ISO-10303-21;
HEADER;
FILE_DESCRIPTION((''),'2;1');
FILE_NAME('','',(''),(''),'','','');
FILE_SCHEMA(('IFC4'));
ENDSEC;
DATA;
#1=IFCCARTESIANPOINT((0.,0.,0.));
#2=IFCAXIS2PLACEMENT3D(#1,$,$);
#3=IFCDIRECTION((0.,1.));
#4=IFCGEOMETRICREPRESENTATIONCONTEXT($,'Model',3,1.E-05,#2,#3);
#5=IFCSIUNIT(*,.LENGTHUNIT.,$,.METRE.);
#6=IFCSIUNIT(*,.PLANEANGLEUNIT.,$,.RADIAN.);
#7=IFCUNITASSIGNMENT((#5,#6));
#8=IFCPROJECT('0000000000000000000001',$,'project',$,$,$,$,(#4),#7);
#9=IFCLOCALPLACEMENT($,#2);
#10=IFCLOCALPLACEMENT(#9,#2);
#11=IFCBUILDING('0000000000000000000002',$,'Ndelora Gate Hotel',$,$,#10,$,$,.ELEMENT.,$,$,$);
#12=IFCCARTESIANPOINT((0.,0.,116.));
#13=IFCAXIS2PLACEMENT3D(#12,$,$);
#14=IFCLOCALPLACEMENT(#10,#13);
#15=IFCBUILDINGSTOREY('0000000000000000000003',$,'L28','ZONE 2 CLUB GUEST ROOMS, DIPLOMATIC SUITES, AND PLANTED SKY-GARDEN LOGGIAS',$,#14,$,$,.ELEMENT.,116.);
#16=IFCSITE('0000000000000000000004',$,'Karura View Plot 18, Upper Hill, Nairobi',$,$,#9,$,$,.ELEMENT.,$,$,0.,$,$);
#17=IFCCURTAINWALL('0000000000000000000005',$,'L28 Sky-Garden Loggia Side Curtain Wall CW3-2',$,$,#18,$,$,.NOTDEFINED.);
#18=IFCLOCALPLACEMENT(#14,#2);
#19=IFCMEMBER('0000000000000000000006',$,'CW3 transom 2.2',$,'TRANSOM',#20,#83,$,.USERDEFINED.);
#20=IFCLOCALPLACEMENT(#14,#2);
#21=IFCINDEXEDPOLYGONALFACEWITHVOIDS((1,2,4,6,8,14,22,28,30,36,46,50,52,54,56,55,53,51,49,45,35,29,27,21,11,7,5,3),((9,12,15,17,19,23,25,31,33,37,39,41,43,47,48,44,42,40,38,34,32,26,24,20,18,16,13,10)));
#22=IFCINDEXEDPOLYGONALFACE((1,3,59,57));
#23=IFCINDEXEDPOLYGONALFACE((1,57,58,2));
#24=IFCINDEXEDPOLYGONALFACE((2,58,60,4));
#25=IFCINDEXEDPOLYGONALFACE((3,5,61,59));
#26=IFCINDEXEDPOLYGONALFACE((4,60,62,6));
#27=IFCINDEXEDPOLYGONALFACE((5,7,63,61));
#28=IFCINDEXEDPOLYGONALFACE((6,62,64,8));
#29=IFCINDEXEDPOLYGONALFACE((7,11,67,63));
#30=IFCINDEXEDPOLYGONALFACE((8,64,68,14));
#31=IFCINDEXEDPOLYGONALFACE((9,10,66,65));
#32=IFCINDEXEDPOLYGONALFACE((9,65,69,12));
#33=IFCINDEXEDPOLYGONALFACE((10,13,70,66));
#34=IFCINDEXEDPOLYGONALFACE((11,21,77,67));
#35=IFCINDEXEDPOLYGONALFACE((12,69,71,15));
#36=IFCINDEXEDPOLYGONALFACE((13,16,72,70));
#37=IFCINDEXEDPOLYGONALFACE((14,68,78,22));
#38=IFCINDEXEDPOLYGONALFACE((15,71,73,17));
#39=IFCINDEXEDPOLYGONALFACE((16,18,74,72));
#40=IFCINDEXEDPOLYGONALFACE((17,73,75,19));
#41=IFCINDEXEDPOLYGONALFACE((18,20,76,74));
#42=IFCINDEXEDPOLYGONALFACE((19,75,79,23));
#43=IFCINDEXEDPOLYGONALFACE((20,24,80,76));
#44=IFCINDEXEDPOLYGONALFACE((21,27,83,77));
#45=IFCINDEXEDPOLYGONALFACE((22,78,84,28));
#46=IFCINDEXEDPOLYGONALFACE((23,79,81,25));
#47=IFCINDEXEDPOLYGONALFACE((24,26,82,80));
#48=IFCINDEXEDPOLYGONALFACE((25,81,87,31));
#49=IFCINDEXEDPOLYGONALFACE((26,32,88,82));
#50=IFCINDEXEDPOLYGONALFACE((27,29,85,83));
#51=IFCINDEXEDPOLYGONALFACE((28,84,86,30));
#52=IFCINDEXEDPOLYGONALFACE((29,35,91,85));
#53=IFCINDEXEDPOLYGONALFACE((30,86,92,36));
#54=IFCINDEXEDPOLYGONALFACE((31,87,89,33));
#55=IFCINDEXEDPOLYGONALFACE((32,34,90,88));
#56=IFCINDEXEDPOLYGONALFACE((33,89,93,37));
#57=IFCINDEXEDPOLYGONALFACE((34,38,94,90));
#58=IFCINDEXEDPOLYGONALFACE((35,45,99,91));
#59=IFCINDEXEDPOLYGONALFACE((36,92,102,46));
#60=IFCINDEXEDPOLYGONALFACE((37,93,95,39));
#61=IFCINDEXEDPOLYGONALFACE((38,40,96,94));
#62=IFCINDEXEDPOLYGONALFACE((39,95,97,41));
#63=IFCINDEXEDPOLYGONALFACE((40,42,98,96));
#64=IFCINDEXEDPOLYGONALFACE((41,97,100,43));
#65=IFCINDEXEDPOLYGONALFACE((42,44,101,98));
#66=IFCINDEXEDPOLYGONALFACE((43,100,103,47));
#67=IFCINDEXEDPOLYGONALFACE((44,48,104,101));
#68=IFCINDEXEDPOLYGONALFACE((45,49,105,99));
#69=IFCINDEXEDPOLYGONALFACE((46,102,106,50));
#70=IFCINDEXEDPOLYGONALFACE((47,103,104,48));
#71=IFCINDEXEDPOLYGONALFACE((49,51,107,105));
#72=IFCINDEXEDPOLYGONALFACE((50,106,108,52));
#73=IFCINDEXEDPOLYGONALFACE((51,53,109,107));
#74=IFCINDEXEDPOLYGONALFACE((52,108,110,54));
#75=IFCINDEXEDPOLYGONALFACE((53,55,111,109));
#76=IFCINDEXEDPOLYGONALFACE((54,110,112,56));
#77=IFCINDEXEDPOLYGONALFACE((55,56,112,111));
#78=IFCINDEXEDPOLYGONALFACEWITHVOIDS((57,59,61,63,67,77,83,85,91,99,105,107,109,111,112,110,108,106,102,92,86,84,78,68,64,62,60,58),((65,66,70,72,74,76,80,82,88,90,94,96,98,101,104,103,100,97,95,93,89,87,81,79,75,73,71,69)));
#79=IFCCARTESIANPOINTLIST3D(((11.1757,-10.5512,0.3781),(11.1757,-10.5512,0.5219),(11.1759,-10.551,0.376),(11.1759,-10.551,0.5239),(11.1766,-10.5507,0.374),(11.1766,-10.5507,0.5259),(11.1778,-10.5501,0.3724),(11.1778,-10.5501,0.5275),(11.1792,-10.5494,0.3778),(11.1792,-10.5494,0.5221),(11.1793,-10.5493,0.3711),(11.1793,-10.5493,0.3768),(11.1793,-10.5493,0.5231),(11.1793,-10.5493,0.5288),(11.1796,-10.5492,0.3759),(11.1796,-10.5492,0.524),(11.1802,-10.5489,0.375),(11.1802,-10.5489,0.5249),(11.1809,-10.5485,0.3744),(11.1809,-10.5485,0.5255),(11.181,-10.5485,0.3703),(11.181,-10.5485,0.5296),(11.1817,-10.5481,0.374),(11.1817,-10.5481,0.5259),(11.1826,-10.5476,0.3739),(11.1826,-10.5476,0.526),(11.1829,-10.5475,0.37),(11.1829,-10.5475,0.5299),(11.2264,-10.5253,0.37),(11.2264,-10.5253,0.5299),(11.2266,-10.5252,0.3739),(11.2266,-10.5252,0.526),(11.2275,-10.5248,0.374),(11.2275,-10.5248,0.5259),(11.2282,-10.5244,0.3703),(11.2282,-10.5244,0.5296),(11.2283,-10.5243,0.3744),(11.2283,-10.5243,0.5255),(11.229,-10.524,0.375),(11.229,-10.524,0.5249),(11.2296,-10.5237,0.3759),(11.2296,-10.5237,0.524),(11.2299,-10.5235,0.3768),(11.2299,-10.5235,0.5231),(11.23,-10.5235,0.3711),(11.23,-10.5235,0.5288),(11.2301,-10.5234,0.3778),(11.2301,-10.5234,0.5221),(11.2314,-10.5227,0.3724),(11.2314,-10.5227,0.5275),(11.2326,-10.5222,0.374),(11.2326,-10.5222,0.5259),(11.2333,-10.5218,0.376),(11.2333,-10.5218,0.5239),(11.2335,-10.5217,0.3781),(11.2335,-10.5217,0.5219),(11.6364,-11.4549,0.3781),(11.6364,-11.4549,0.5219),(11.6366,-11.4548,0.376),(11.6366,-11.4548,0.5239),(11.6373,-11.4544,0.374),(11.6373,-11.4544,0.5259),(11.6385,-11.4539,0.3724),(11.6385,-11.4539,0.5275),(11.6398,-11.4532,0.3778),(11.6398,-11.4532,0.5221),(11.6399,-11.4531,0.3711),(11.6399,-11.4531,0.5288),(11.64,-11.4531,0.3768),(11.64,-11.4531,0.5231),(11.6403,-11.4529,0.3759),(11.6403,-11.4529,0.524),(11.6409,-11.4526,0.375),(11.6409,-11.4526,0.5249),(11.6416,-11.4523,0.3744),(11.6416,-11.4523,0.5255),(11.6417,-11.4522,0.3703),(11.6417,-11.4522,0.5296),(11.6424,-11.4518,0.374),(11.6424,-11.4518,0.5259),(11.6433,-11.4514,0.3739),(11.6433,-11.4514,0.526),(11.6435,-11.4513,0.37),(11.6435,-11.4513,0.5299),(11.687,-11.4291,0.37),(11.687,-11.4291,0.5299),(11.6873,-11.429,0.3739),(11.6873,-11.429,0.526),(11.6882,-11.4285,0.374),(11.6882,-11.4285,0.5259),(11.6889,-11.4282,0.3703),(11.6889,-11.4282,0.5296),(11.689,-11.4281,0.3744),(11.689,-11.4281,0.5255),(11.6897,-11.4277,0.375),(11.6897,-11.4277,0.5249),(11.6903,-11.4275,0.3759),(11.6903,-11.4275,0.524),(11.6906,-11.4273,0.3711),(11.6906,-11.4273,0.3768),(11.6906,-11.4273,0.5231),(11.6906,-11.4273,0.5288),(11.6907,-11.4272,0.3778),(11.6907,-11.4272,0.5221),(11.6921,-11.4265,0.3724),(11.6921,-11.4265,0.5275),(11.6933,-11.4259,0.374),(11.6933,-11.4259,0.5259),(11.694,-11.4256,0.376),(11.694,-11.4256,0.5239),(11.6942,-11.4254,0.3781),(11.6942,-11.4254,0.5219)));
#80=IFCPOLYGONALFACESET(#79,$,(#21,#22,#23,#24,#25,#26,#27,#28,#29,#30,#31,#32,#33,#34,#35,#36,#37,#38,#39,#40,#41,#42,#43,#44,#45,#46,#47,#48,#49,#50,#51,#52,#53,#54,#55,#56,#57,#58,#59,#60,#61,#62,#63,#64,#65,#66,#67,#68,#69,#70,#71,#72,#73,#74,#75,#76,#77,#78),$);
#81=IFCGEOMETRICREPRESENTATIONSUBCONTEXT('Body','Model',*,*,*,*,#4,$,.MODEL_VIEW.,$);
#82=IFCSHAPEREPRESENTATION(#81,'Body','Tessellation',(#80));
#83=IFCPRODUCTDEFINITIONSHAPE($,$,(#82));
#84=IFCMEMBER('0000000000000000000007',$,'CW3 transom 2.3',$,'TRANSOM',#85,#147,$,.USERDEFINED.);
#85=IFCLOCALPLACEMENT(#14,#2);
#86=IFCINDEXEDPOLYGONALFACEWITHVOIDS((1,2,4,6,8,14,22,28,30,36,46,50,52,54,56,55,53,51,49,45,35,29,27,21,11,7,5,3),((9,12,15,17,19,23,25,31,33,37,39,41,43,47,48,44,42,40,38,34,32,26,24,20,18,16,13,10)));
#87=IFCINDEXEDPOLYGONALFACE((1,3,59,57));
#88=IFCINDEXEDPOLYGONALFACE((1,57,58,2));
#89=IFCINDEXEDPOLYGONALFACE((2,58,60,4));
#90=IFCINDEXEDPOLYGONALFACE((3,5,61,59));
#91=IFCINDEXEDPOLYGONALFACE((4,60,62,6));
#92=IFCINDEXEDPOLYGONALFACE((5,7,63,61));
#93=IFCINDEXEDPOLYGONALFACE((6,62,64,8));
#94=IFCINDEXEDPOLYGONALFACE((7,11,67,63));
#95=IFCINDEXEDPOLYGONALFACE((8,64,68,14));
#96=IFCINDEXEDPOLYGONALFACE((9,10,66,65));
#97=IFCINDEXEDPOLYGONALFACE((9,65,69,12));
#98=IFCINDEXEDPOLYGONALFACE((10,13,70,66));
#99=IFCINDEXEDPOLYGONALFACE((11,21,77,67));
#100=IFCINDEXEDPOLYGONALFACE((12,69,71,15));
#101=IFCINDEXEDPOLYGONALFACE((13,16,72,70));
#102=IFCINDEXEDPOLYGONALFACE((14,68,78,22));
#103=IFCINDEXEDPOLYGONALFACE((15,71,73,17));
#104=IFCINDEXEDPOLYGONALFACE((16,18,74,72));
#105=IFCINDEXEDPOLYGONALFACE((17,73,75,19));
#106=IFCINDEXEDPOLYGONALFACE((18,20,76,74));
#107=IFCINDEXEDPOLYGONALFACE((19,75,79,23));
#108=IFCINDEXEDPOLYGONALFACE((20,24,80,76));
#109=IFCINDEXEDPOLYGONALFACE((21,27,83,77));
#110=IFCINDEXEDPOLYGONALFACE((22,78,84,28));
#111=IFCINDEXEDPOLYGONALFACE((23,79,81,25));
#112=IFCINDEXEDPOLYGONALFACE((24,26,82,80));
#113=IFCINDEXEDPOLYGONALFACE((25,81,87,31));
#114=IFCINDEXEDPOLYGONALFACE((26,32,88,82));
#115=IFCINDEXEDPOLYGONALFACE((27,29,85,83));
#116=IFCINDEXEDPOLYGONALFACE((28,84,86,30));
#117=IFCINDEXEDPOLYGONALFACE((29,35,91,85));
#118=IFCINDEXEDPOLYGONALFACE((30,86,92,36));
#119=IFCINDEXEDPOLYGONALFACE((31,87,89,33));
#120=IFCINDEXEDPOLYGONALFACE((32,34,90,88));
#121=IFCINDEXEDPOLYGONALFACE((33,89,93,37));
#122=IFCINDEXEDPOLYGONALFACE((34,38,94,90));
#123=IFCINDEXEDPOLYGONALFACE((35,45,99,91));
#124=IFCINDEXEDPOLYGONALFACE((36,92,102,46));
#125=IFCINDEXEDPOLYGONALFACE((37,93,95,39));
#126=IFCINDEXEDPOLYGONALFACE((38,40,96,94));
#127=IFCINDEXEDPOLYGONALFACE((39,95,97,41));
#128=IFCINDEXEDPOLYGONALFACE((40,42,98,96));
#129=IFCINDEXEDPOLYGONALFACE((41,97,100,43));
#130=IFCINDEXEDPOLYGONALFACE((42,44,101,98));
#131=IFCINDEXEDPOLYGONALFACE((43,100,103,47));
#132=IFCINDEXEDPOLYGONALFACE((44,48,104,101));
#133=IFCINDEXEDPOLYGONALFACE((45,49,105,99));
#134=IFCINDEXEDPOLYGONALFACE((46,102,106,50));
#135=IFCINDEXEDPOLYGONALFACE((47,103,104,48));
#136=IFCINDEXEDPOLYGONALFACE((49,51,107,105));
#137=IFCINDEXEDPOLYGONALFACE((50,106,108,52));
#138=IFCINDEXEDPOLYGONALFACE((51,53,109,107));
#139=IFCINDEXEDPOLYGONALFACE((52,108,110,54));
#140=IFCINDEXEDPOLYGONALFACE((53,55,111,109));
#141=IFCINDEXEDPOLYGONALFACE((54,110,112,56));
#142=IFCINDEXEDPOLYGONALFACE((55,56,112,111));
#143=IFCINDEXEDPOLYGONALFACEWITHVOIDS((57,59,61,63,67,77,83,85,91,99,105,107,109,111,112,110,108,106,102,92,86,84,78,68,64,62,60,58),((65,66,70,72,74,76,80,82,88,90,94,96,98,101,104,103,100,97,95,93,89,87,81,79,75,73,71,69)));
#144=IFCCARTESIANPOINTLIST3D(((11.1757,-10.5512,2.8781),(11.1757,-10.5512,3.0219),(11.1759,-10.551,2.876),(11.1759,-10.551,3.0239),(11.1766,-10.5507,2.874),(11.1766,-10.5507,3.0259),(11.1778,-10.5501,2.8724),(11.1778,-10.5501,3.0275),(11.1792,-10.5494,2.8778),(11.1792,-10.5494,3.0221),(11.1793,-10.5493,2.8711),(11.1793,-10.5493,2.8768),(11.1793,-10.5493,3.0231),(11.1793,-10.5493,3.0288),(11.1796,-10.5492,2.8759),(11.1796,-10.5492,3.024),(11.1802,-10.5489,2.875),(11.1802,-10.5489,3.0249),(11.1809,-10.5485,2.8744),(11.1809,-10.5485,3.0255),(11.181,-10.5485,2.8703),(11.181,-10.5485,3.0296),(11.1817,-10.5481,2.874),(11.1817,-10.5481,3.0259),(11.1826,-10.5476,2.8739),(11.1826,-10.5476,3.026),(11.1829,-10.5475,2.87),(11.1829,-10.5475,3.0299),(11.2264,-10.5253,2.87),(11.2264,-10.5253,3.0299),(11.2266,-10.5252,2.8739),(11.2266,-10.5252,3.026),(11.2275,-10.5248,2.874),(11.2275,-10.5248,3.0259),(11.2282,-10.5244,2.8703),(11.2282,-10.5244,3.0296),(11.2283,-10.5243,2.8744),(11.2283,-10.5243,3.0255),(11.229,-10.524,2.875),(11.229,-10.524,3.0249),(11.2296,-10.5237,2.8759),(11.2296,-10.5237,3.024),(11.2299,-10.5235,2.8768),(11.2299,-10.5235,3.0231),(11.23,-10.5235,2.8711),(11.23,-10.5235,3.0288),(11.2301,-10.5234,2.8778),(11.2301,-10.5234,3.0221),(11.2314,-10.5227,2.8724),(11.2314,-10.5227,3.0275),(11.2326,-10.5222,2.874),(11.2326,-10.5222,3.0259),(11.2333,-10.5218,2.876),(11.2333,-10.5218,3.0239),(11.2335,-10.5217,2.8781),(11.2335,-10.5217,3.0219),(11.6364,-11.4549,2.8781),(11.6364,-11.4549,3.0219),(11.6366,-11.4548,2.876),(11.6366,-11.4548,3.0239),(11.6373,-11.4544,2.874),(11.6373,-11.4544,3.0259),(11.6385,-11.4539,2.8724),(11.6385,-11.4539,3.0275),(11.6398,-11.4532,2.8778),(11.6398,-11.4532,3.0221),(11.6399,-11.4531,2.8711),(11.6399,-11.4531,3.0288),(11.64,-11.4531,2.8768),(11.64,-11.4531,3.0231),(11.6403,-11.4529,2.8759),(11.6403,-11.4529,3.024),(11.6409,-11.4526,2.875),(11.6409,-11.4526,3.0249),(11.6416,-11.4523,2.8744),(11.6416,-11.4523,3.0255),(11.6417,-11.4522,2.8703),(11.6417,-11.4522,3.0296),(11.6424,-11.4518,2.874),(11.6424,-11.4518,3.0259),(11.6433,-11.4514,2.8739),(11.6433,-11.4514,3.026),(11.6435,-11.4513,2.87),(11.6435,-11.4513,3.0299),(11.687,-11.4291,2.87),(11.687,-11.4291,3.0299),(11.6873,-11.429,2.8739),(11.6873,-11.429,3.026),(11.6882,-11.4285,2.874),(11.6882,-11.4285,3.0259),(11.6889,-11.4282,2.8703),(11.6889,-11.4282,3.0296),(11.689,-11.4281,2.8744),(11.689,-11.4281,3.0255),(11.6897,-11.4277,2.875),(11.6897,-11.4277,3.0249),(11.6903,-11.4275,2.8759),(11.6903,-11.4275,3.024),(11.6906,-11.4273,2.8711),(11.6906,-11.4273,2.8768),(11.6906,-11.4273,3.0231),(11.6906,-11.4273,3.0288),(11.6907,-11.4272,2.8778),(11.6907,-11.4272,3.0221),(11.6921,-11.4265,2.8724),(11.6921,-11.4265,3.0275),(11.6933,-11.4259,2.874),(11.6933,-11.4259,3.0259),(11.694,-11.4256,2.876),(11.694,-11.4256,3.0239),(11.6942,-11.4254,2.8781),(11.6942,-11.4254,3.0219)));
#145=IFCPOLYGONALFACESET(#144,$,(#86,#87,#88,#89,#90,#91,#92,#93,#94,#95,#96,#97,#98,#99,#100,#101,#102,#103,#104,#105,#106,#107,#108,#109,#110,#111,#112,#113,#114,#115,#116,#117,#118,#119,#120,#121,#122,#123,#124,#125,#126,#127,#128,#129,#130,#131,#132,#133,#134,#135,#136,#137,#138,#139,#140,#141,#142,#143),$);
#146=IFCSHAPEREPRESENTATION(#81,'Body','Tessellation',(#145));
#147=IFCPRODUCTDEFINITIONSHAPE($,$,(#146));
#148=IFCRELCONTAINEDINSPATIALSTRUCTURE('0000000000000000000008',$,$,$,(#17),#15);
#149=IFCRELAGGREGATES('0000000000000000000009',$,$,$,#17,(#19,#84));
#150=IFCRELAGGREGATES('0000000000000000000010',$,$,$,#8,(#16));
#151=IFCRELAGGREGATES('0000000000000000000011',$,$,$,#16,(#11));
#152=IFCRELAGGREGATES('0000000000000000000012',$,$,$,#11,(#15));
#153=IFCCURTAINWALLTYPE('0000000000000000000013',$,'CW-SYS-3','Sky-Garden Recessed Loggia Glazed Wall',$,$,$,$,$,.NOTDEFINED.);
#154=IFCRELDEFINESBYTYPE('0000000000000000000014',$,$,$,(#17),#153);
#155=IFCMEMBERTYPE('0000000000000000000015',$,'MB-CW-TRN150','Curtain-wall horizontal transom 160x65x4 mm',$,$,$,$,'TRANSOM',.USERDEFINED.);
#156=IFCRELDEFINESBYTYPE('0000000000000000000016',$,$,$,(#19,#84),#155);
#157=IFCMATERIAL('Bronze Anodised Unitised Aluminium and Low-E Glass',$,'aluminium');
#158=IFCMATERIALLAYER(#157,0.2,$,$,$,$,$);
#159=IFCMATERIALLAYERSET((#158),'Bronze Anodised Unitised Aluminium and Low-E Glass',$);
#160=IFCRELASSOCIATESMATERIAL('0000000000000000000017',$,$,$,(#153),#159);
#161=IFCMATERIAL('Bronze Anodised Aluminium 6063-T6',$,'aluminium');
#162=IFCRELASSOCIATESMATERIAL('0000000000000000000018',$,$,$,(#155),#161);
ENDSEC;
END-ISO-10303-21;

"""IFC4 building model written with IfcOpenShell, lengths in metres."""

from ifc_helpers import new_model, si_unit, direction, frame, origin, origin_2d, place, context, subcontext, project, spatial, hollow_rectangle, extrude, material, layer, layer_set, material_profile, profile_set, type_object, element, aggregate, save


model = new_model("IFC4")

# Units and contexts
model_context = context("Model", 3, precision=1e-05, world=origin(), true_north=direction((0.0, 1.0)))
body_context = subcontext(model_context, "Body", "Model", "MODEL_VIEW")
ifc_project = project(units=[si_unit("LENGTHUNIT", "METRE"), si_unit("PLANEANGLEUNIT", "RADIAN")], contexts=[model_context])

# Site, building, storey
site_placement = place(None, origin())
site = spatial("IfcSite", under=ifc_project, at=site_placement, Name="Karura View Plot 18, Upper Hill, Nairobi", CompositionType="ELEMENT", RefElevation=0.0)
building_placement = place(site_placement, origin())
building = spatial("IfcBuilding", under=site, at=building_placement, Name="Ndelora Gate Hotel", CompositionType="ELEMENT")
storey_placement = place(building_placement, frame((0.0, 0.0, 116.0)))
storey = spatial("IfcBuildingStorey", under=building, at=storey_placement, Name="L28", Description="ZONE 2 CLUB GUEST ROOMS, DIPLOMATIC SUITES, AND PLANTED SKY-GARDEN LOGGIAS", CompositionType="ELEMENT", Elevation=116.0)

# Curtain wall, members
ifc_material_1 = material(Name="Bronze Anodised Unitised Aluminium and Low-E Glass", Category="aluminium")
ifc_layer_1 = layer(ifc_material_1, 0.2)
ifc_layer_set_1 = layer_set([ifc_layer_1], Name="Bronze Anodised Unitised Aluminium and Low-E Glass")
curtain_wall_type = type_object("IfcCurtainWallType", Name="CW-SYS-3", Description="Sky-Garden Recessed Loggia Glazed Wall", PredefinedType="NOTDEFINED", material=ifc_layer_set_1)
curtain_wall_placement = place(storey_placement, origin())
curtain_wall = element("IfcCurtainWall", 1, at=curtain_wall_placement, inside=storey, type_object=curtain_wall_type, Name="L28 Sky-Garden Loggia Side Curtain Wall CW3-2", PredefinedType="NOTDEFINED")
ifc_material_2 = material(Name="Bronze Anodised Aluminium 6063-T6", Category="aluminium")
ifc_material_profile_1 = material_profile(ifc_material_2, hollow_rectangle(XDim=0.0649, YDim=0.1599, WallThickness=0.0039, InnerFilletRadius=0.0039, OuterFilletRadius=0.0081, at=origin_2d()), Name="ALU 160x65x4")
ifc_profile_set_1 = profile_set([ifc_material_profile_1], Name="Bronze Anodised Aluminium 6063-T6")
member_type_1 = type_object("IfcMemberType", Name="MB-CW-TRN150", Description="Curtain-wall horizontal transom 160x65x4 mm", ElementType="TRANSOM", PredefinedType="USERDEFINED", material=ifc_profile_set_1)
member_1_placement = place(storey_placement, frame((11.6653, -11.4402, 0.45), z_axis=(-0.454131, 0.890935, 0.0), x_axis=(-0.890935, -0.454131, 0.0)))
member_1 = element("IfcMember", 2, at=member_1_placement, type_object=member_type_1, Name="CW3 transom 2.2", ObjectType="TRANSOM", PredefinedType="USERDEFINED", context=body_context, shape_type="SweptSolid", body=[
    extrude(hollow_rectangle(XDim=0.0649, YDim=0.1599, WallThickness=0.0039, InnerFilletRadius=0.0039, OuterFilletRadius=0.0081, at=origin_2d()), origin(), (0.0, 0.0, 1.0), 1.0144),
])
member_2_placement = place(storey_placement, frame((11.6653, -11.4402, 2.95), z_axis=(-0.454131, 0.890935, 0.0), x_axis=(-0.890935, -0.454131, 0.0)))
member_2 = element("IfcMember", 3, at=member_2_placement, type_object=member_type_1, Name="CW3 transom 2.3", ObjectType="TRANSOM", PredefinedType="USERDEFINED", context=body_context, shape_type="SweptSolid", body=[
    extrude(hollow_rectangle(XDim=0.0649, YDim=0.1599, WallThickness=0.0039, InnerFilletRadius=0.0039, OuterFilletRadius=0.0081, at=origin_2d()), origin(), (0.0, 0.0, 1.0), 1.0144),
])
aggregate(curtain_wall, [member_1, member_2])

save(model, "model.ifc")
